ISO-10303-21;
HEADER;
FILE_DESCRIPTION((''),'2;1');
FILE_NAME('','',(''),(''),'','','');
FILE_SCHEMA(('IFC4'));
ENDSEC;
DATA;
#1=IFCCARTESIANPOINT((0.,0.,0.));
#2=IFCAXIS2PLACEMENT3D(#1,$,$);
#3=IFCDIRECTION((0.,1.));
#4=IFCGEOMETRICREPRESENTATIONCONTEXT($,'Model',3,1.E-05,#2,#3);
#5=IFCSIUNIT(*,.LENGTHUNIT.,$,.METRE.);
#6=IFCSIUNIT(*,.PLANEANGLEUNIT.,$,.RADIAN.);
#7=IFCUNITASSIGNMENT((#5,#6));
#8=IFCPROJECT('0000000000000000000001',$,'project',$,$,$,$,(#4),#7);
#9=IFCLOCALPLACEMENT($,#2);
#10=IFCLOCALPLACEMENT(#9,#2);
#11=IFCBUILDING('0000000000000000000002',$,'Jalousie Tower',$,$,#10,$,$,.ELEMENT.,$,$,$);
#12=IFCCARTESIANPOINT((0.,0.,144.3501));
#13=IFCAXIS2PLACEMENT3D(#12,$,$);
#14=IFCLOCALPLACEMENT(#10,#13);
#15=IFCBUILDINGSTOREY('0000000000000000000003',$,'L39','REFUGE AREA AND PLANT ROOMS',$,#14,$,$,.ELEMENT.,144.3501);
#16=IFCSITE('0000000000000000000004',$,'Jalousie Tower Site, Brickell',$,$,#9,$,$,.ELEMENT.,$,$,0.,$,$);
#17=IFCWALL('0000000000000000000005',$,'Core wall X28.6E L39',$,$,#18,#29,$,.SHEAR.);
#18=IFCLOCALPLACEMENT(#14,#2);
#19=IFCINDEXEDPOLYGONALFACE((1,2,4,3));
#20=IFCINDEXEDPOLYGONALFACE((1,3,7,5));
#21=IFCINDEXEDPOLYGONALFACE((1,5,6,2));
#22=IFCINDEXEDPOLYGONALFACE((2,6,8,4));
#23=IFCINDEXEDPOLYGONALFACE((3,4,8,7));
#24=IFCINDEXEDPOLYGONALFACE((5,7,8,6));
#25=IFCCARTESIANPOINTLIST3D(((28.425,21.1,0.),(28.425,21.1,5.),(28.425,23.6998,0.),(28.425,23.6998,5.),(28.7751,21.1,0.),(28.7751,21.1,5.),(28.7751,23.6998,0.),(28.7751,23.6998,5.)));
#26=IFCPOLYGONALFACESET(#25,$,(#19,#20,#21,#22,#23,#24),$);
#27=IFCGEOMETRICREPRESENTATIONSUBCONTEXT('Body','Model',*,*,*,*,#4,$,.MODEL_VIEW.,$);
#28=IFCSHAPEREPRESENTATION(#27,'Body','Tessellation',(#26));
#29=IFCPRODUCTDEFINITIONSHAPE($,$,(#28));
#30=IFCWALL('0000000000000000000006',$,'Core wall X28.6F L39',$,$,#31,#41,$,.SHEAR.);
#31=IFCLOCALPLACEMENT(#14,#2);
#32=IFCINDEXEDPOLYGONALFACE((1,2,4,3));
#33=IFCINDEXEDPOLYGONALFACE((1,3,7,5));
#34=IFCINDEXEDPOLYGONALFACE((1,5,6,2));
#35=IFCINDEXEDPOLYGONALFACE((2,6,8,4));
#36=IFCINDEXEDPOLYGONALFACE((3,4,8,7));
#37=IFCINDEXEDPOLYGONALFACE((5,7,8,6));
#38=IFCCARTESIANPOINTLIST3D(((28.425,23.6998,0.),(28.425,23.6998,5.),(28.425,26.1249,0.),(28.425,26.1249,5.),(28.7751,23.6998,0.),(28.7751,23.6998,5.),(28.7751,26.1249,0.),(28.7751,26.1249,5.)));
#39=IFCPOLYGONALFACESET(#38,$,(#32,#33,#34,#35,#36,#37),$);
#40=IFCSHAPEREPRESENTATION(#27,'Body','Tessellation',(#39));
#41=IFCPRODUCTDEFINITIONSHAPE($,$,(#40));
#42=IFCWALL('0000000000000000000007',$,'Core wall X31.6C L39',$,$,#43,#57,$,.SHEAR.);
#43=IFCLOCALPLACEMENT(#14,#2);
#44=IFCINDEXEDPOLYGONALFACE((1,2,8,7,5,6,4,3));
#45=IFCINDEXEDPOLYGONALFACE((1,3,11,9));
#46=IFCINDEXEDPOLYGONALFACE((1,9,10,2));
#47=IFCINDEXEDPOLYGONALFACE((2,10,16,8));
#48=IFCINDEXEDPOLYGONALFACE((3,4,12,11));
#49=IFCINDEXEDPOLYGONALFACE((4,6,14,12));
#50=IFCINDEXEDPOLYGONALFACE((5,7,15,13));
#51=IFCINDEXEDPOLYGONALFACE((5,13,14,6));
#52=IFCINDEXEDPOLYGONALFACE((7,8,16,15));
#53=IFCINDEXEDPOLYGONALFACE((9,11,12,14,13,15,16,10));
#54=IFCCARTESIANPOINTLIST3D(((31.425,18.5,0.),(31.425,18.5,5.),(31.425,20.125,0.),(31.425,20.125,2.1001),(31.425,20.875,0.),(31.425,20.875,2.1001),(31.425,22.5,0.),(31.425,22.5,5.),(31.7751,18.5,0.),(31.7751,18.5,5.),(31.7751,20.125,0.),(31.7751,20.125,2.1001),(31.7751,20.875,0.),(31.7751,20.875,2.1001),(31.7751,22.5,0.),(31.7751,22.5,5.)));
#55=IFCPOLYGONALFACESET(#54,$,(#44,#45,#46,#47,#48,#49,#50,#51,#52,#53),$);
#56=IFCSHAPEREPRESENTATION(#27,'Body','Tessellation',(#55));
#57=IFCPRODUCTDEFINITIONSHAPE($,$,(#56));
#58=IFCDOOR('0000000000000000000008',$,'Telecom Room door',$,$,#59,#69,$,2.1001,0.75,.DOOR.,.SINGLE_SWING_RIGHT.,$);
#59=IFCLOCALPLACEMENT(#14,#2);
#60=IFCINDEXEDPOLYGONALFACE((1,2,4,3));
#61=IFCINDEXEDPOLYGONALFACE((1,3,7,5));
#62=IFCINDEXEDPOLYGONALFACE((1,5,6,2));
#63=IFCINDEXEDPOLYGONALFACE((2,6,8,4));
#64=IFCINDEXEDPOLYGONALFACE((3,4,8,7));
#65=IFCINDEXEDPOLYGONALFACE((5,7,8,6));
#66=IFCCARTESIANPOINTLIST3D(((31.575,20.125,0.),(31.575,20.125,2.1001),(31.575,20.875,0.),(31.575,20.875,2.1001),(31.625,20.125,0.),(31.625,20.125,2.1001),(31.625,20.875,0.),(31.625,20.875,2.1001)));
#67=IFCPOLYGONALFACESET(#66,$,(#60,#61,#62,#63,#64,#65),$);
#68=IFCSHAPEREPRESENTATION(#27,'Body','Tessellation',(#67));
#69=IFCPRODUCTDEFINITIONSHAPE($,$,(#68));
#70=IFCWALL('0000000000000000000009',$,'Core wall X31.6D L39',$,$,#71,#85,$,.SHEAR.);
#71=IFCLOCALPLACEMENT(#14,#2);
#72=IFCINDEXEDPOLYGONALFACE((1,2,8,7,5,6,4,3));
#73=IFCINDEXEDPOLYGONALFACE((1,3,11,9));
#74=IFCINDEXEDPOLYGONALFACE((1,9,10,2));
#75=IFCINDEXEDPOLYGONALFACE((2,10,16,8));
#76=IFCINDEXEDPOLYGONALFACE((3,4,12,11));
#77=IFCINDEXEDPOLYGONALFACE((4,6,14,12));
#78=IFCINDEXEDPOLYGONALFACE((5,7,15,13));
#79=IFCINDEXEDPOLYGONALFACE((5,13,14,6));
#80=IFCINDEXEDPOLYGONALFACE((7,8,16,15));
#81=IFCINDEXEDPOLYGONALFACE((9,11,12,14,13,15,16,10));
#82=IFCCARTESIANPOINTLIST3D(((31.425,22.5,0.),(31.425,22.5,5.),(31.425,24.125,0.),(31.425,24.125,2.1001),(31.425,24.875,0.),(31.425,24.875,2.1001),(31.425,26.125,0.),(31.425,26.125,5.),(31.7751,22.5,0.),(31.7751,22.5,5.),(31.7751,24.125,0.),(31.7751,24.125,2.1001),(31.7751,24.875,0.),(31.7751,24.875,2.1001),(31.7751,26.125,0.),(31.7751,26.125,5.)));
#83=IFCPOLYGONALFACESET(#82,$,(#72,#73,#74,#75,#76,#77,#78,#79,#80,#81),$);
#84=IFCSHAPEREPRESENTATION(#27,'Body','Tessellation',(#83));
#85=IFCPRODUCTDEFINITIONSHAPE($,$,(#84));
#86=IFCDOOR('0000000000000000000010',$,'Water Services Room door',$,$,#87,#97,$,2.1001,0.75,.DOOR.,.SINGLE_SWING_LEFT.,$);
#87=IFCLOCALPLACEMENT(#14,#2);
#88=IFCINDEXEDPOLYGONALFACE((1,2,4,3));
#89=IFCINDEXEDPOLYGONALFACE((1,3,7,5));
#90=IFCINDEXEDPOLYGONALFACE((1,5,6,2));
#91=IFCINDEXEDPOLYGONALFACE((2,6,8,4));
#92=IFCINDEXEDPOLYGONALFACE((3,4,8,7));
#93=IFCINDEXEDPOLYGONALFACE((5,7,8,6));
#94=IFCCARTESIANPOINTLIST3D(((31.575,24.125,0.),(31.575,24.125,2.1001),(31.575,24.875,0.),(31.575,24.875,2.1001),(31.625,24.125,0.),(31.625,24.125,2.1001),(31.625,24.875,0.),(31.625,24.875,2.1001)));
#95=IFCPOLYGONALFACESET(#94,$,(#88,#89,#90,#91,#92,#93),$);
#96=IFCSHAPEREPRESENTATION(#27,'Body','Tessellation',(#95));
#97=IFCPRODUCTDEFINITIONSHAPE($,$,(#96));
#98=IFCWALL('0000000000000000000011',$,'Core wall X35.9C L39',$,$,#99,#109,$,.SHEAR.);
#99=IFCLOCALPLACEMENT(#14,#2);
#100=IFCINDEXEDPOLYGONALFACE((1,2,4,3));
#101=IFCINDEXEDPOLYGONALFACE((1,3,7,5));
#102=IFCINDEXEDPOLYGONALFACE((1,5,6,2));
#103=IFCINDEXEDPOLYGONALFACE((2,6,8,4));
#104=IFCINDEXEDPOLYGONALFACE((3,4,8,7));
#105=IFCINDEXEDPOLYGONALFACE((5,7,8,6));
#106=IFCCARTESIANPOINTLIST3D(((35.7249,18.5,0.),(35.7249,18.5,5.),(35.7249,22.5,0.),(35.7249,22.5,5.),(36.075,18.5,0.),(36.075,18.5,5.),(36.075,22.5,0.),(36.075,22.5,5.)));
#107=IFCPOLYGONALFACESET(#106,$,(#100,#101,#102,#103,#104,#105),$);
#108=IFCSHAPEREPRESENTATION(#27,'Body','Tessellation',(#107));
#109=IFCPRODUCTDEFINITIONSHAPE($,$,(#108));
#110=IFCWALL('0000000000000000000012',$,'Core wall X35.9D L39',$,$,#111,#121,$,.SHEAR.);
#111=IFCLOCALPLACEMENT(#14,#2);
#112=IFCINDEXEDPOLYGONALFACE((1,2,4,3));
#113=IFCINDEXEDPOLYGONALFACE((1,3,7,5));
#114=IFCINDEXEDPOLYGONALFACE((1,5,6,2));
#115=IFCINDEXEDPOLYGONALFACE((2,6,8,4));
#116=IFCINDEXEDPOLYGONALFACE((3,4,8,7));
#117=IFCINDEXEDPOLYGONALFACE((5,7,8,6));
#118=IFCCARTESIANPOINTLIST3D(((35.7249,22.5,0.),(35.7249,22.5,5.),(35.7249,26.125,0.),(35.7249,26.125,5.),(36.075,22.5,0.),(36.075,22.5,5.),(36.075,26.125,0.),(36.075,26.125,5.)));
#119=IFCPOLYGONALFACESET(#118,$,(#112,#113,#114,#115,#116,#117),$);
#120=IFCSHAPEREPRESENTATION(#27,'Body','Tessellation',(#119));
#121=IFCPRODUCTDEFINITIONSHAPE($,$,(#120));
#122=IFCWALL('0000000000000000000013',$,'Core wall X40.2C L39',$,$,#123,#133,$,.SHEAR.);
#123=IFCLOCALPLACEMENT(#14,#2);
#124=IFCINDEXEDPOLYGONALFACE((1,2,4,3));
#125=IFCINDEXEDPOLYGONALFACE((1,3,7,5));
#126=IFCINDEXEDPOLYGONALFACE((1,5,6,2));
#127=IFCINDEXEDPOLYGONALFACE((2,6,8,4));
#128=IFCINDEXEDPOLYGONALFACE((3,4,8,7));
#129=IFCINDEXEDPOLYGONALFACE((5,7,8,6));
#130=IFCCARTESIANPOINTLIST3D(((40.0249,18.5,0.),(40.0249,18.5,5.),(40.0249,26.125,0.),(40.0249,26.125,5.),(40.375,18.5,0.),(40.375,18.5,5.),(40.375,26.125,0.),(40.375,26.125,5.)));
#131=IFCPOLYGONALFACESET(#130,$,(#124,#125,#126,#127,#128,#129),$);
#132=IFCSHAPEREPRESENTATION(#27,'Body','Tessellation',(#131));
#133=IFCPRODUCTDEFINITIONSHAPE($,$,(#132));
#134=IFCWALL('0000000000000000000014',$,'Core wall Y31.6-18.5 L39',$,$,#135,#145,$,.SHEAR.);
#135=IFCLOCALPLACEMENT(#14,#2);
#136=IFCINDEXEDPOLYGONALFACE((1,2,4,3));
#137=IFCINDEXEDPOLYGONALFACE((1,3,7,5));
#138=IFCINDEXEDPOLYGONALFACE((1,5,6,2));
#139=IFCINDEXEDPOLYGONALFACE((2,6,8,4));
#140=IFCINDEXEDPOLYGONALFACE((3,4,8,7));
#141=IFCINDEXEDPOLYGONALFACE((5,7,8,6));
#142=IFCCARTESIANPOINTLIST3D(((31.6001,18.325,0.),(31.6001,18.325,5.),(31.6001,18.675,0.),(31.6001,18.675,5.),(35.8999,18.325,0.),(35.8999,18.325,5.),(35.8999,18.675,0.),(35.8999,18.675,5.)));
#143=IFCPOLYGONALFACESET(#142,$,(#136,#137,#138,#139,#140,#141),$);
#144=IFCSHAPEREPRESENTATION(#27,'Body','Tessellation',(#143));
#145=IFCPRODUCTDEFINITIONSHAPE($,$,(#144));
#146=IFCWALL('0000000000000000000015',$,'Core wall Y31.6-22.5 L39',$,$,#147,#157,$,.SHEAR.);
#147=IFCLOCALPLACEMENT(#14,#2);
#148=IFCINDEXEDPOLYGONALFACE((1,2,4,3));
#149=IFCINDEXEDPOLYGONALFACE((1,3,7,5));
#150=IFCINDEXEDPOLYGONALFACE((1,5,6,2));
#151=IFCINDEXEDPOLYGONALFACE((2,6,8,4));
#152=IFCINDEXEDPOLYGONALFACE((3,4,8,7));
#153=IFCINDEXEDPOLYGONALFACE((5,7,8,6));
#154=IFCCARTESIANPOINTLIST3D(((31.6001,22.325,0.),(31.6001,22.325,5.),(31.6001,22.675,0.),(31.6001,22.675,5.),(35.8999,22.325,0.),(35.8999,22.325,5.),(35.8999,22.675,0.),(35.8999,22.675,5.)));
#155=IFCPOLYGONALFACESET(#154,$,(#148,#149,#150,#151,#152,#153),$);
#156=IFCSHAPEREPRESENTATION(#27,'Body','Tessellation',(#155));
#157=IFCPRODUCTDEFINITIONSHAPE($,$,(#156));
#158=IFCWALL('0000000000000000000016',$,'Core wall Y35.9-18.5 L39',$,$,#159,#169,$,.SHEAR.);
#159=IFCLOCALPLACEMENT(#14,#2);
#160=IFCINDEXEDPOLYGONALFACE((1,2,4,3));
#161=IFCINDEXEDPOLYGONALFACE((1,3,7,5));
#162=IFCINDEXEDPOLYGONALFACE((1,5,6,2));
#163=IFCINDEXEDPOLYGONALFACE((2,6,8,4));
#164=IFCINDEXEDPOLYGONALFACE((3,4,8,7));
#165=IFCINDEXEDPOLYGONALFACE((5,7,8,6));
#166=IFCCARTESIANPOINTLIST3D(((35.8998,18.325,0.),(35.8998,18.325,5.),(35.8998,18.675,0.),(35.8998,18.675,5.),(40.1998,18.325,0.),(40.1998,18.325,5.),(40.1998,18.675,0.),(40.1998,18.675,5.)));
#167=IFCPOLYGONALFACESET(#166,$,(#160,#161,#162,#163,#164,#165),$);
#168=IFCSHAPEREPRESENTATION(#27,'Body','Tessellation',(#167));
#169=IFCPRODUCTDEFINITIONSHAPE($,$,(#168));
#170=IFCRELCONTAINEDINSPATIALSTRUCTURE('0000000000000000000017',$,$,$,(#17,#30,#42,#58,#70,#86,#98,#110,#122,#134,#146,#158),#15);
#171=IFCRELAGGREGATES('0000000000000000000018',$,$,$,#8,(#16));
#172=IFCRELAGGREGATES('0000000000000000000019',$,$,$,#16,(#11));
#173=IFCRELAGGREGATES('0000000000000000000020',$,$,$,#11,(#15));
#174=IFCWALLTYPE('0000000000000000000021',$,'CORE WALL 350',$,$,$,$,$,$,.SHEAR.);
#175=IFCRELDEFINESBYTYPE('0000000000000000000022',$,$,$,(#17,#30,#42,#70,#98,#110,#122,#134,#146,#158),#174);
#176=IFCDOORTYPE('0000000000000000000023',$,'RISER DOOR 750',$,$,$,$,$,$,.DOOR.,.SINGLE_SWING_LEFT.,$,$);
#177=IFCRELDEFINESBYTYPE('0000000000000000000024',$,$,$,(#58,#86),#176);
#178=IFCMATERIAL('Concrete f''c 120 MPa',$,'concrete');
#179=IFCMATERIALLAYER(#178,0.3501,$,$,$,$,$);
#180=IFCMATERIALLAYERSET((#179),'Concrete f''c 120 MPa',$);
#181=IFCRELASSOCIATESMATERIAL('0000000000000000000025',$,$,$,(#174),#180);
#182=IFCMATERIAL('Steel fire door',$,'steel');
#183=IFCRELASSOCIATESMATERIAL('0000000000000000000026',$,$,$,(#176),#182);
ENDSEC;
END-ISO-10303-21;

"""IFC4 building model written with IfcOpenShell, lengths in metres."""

from ifc_helpers import new_model, si_unit, direction, frame, frame_2d, origin, place, context, subcontext, project, spatial, rectangle, extrude, material, layer, layer_set, type_object, element, fill, save


model = new_model("IFC4")

# Units and contexts
model_context = context("Model", 3, precision=1e-05, world=origin(), true_north=direction((0.0, 1.0)))
body_context = subcontext(model_context, "Body", "Model", "MODEL_VIEW")
ifc_project = project(units=[si_unit("LENGTHUNIT", "METRE"), si_unit("PLANEANGLEUNIT", "RADIAN")], contexts=[model_context])

# Site, building, storey
site_placement = place(None, origin())
site = spatial("IfcSite", under=ifc_project, at=site_placement, Name="Jalousie Tower Site, Brickell", CompositionType="ELEMENT", RefElevation=0.0)
building_placement = place(site_placement, origin())
building = spatial("IfcBuilding", under=site, at=building_placement, Name="Jalousie Tower", CompositionType="ELEMENT")
storey_placement = place(building_placement, frame((0.0, 0.0, 144.3501)))
storey = spatial("IfcBuildingStorey", under=building, at=storey_placement, Name="L39", Description="REFUGE AREA AND PLANT ROOMS", CompositionType="ELEMENT", Elevation=144.3501)

# Walls
ifc_material_1 = material(Name="Concrete f'c 120 MPa", Category="concrete")
ifc_layer = layer(ifc_material_1, 0.3501)
ifc_layer_set = layer_set([ifc_layer], Name="Concrete f'c 120 MPa")
wall_type_1 = type_object("IfcWallType", Name="CORE WALL 350", PredefinedType="SHEAR", material=ifc_layer_set)
wall_1_placement = place(storey_placement, frame((28.6001, 21.1001, 0.0), z_axis=(0.0, 0.0, 1.0), x_axis=(0.0, 1.0, 0.0)))
element("IfcWall", 1, at=wall_1_placement, inside=storey, type_object=wall_type_1, Name="Core wall X28.6E L39", PredefinedType="SHEAR", context=body_context, shape_type="SweptSolid", body=[
    extrude(rectangle(XDim=2.5999, YDim=0.3501, at=frame_2d((1.2998, 0.0))), origin(), (0.0, 0.0, 1.0), 5.0),
])
wall_2_placement = place(storey_placement, frame((28.6001, 23.7, 0.0), z_axis=(0.0, 0.0, 1.0), x_axis=(0.0, 1.0, 0.0)))
element("IfcWall", 2, at=wall_2_placement, inside=storey, type_object=wall_type_1, Name="Core wall X28.6F L39", PredefinedType="SHEAR", context=body_context, shape_type="SweptSolid", body=[
    extrude(rectangle(XDim=2.425, YDim=0.3501, at=frame_2d((1.2124, 0.0))), origin(), (0.0, 0.0, 1.0), 5.0),
])

# Walls, openings, doors
wall_3_placement = place(storey_placement, frame((31.6001, 18.5, 0.0), z_axis=(0.0, 0.0, 1.0), x_axis=(0.0, 1.0, 0.0)))
wall_3 = element("IfcWall", 3, at=wall_3_placement, inside=storey, type_object=wall_type_1, Name="Core wall X31.6C L39", PredefinedType="SHEAR", context=body_context, shape_type="SweptSolid", body=[
    extrude(rectangle(XDim=4.0, YDim=0.3501, at=frame_2d((2.0, 0.0))), origin(), (0.0, 0.0, 1.0), 5.0),
])
opening_1_placement = place(wall_3_placement, frame((1.625, 0.0, 0.0)))
opening_1 = element("IfcOpeningElement", 4, at=opening_1_placement, cuts=wall_3, PredefinedType="OPENING", context=body_context, shape_type="SweptSolid", body=[
    extrude(rectangle(XDim=0.75, YDim=2.1001, at=frame_2d((0.375, 1.05))), frame((0.0, 0.1851, 0.0), z_axis=(0.0, -1.0, 0.0), x_axis=(1.0, 0.0, 0.0)), (0.0, 0.0, 1.0), 0.3701),
])
ifc_material_2 = material(Name="Steel fire door", Category="steel")
door_type_1 = type_object("IfcDoorType", Name="RISER DOOR 750", OperationType="SINGLE_SWING_LEFT", PredefinedType="DOOR", material=ifc_material_2)
door_1_placement = place(opening_1_placement, frame((0.75, 0.0, 0.0), z_axis=(0.0, 0.0, 1.0), x_axis=(-1.0, 0.0, 0.0)))
door_1 = element("IfcDoor", 5, at=door_1_placement, inside=storey, type_object=door_type_1, Name="Telecom Room door", OperationType="SINGLE_SWING_RIGHT", OverallHeight=2.1001, OverallWidth=0.75, PredefinedType="DOOR", context=body_context, shape_type="SweptSolid", body=[
    extrude(rectangle(XDim=0.75, YDim=2.1001, at=frame_2d((0.375, 1.05))), frame((0.0, 0.0249, 0.0), z_axis=(0.0, -1.0, 0.0), x_axis=(1.0, 0.0, 0.0)), (0.0, 0.0, 1.0), 0.05),
])
fill(opening_1, door_1)
wall_4_placement = place(storey_placement, frame((31.6001, 22.5, 0.0), z_axis=(0.0, 0.0, 1.0), x_axis=(0.0, 1.0, 0.0)))
wall_4 = element("IfcWall", 6, at=wall_4_placement, inside=storey, type_object=wall_type_1, Name="Core wall X31.6D L39", PredefinedType="SHEAR", context=body_context, shape_type="SweptSolid", body=[
    extrude(rectangle(XDim=3.625, YDim=0.3501, at=frame_2d((1.8125, 0.0))), origin(), (0.0, 0.0, 1.0), 5.0),
])
opening_2_placement = place(wall_4_placement, frame((1.625, 0.0, 0.0)))
opening_2 = element("IfcOpeningElement", 7, at=opening_2_placement, cuts=wall_4, PredefinedType="OPENING", context=body_context, shape_type="SweptSolid", body=[
    extrude(rectangle(XDim=0.75, YDim=2.1001, at=frame_2d((0.375, 1.05))), frame((0.0, 0.1851, 0.0), z_axis=(0.0, -1.0, 0.0), x_axis=(1.0, 0.0, 0.0)), (0.0, 0.0, 1.0), 0.3701),
])
door_2_placement = place(opening_2_placement, frame((0.75, 0.0, 0.0), z_axis=(0.0, 0.0, 1.0), x_axis=(-1.0, 0.0, 0.0)))
door_2 = element("IfcDoor", 8, at=door_2_placement, inside=storey, type_object=door_type_1, Name="Water Services Room door", OperationType="SINGLE_SWING_LEFT", OverallHeight=2.1001, OverallWidth=0.75, PredefinedType="DOOR", context=body_context, shape_type="SweptSolid", body=[
    extrude(rectangle(XDim=0.75, YDim=2.1001, at=frame_2d((0.375, 1.05))), frame((0.0, 0.0249, 0.0), z_axis=(0.0, -1.0, 0.0), x_axis=(1.0, 0.0, 0.0)), (0.0, 0.0, 1.0), 0.05),
])
fill(opening_2, door_2)

# Walls
wall_5_placement = place(storey_placement, frame((35.8999, 18.5, 0.0), z_axis=(0.0, 0.0, 1.0), x_axis=(0.0, 1.0, 0.0)))
element("IfcWall", 9, at=wall_5_placement, inside=storey, type_object=wall_type_1, Name="Core wall X35.9C L39", PredefinedType="SHEAR", context=body_context, shape_type="SweptSolid", body=[
    extrude(rectangle(XDim=4.0, YDim=0.3501, at=frame_2d((2.0, 0.0))), origin(), (0.0, 0.0, 1.0), 5.0),
])
wall_6_placement = place(storey_placement, frame((35.8999, 22.5, 0.0), z_axis=(0.0, 0.0, 1.0), x_axis=(0.0, 1.0, 0.0)))
element("IfcWall", 10, at=wall_6_placement, inside=storey, type_object=wall_type_1, Name="Core wall X35.9D L39", PredefinedType="SHEAR", context=body_context, shape_type="SweptSolid", body=[
    extrude(rectangle(XDim=3.625, YDim=0.3501, at=frame_2d((1.8125, 0.0))), origin(), (0.0, 0.0, 1.0), 5.0),
])
wall_7_placement = place(storey_placement, frame((40.2, 18.5, 0.0), z_axis=(0.0, 0.0, 1.0), x_axis=(0.0, 1.0, 0.0)))
element("IfcWall", 11, at=wall_7_placement, inside=storey, type_object=wall_type_1, Name="Core wall X40.2C L39", PredefinedType="SHEAR", context=body_context, shape_type="SweptSolid", body=[
    extrude(rectangle(XDim=7.625, YDim=0.3501, at=frame_2d((3.8125, 0.0))), origin(), (0.0, 0.0, 1.0), 5.0),
])
for number, where, z_axis, x_axis, name in (
    (12, (31.6001, 18.5, 0.0), (0.0, 0.0, 1.0), (1.0, 0.0, 0.0), "Core wall Y31.6-18.5 L39"),
    (13, (31.6001, 22.5, 0.0), (0.0, 0.0, 1.0), (1.0, 0.0, 0.0), "Core wall Y31.6-22.5 L39"),
):
    element("IfcWall", number, at=place(storey_placement, frame(where, z_axis=z_axis, x_axis=x_axis)), inside=storey, type_object=wall_type_1, Name=name, PredefinedType="SHEAR", context=body_context, shape_type="SweptSolid", body=[
        extrude(rectangle(XDim=4.2998, YDim=0.3501, at=frame_2d((2.1499, 0.0))), origin(), (0.0, 0.0, 1.0), 5.0),
    ])
wall_8_placement = place(storey_placement, frame((35.8999, 18.5, 0.0), z_axis=(0.0, 0.0, 1.0), x_axis=(1.0, 0.0, 0.0)))
element("IfcWall", 14, at=wall_8_placement, inside=storey, type_object=wall_type_1, Name="Core wall Y35.9-18.5 L39", PredefinedType="SHEAR", context=body_context, shape_type="SweptSolid", body=[
    extrude(rectangle(XDim=4.3, YDim=0.3501, at=frame_2d((2.1499, 0.0))), origin(), (0.0, 0.0, 1.0), 5.0),
])

save(model, "model.ifc")
